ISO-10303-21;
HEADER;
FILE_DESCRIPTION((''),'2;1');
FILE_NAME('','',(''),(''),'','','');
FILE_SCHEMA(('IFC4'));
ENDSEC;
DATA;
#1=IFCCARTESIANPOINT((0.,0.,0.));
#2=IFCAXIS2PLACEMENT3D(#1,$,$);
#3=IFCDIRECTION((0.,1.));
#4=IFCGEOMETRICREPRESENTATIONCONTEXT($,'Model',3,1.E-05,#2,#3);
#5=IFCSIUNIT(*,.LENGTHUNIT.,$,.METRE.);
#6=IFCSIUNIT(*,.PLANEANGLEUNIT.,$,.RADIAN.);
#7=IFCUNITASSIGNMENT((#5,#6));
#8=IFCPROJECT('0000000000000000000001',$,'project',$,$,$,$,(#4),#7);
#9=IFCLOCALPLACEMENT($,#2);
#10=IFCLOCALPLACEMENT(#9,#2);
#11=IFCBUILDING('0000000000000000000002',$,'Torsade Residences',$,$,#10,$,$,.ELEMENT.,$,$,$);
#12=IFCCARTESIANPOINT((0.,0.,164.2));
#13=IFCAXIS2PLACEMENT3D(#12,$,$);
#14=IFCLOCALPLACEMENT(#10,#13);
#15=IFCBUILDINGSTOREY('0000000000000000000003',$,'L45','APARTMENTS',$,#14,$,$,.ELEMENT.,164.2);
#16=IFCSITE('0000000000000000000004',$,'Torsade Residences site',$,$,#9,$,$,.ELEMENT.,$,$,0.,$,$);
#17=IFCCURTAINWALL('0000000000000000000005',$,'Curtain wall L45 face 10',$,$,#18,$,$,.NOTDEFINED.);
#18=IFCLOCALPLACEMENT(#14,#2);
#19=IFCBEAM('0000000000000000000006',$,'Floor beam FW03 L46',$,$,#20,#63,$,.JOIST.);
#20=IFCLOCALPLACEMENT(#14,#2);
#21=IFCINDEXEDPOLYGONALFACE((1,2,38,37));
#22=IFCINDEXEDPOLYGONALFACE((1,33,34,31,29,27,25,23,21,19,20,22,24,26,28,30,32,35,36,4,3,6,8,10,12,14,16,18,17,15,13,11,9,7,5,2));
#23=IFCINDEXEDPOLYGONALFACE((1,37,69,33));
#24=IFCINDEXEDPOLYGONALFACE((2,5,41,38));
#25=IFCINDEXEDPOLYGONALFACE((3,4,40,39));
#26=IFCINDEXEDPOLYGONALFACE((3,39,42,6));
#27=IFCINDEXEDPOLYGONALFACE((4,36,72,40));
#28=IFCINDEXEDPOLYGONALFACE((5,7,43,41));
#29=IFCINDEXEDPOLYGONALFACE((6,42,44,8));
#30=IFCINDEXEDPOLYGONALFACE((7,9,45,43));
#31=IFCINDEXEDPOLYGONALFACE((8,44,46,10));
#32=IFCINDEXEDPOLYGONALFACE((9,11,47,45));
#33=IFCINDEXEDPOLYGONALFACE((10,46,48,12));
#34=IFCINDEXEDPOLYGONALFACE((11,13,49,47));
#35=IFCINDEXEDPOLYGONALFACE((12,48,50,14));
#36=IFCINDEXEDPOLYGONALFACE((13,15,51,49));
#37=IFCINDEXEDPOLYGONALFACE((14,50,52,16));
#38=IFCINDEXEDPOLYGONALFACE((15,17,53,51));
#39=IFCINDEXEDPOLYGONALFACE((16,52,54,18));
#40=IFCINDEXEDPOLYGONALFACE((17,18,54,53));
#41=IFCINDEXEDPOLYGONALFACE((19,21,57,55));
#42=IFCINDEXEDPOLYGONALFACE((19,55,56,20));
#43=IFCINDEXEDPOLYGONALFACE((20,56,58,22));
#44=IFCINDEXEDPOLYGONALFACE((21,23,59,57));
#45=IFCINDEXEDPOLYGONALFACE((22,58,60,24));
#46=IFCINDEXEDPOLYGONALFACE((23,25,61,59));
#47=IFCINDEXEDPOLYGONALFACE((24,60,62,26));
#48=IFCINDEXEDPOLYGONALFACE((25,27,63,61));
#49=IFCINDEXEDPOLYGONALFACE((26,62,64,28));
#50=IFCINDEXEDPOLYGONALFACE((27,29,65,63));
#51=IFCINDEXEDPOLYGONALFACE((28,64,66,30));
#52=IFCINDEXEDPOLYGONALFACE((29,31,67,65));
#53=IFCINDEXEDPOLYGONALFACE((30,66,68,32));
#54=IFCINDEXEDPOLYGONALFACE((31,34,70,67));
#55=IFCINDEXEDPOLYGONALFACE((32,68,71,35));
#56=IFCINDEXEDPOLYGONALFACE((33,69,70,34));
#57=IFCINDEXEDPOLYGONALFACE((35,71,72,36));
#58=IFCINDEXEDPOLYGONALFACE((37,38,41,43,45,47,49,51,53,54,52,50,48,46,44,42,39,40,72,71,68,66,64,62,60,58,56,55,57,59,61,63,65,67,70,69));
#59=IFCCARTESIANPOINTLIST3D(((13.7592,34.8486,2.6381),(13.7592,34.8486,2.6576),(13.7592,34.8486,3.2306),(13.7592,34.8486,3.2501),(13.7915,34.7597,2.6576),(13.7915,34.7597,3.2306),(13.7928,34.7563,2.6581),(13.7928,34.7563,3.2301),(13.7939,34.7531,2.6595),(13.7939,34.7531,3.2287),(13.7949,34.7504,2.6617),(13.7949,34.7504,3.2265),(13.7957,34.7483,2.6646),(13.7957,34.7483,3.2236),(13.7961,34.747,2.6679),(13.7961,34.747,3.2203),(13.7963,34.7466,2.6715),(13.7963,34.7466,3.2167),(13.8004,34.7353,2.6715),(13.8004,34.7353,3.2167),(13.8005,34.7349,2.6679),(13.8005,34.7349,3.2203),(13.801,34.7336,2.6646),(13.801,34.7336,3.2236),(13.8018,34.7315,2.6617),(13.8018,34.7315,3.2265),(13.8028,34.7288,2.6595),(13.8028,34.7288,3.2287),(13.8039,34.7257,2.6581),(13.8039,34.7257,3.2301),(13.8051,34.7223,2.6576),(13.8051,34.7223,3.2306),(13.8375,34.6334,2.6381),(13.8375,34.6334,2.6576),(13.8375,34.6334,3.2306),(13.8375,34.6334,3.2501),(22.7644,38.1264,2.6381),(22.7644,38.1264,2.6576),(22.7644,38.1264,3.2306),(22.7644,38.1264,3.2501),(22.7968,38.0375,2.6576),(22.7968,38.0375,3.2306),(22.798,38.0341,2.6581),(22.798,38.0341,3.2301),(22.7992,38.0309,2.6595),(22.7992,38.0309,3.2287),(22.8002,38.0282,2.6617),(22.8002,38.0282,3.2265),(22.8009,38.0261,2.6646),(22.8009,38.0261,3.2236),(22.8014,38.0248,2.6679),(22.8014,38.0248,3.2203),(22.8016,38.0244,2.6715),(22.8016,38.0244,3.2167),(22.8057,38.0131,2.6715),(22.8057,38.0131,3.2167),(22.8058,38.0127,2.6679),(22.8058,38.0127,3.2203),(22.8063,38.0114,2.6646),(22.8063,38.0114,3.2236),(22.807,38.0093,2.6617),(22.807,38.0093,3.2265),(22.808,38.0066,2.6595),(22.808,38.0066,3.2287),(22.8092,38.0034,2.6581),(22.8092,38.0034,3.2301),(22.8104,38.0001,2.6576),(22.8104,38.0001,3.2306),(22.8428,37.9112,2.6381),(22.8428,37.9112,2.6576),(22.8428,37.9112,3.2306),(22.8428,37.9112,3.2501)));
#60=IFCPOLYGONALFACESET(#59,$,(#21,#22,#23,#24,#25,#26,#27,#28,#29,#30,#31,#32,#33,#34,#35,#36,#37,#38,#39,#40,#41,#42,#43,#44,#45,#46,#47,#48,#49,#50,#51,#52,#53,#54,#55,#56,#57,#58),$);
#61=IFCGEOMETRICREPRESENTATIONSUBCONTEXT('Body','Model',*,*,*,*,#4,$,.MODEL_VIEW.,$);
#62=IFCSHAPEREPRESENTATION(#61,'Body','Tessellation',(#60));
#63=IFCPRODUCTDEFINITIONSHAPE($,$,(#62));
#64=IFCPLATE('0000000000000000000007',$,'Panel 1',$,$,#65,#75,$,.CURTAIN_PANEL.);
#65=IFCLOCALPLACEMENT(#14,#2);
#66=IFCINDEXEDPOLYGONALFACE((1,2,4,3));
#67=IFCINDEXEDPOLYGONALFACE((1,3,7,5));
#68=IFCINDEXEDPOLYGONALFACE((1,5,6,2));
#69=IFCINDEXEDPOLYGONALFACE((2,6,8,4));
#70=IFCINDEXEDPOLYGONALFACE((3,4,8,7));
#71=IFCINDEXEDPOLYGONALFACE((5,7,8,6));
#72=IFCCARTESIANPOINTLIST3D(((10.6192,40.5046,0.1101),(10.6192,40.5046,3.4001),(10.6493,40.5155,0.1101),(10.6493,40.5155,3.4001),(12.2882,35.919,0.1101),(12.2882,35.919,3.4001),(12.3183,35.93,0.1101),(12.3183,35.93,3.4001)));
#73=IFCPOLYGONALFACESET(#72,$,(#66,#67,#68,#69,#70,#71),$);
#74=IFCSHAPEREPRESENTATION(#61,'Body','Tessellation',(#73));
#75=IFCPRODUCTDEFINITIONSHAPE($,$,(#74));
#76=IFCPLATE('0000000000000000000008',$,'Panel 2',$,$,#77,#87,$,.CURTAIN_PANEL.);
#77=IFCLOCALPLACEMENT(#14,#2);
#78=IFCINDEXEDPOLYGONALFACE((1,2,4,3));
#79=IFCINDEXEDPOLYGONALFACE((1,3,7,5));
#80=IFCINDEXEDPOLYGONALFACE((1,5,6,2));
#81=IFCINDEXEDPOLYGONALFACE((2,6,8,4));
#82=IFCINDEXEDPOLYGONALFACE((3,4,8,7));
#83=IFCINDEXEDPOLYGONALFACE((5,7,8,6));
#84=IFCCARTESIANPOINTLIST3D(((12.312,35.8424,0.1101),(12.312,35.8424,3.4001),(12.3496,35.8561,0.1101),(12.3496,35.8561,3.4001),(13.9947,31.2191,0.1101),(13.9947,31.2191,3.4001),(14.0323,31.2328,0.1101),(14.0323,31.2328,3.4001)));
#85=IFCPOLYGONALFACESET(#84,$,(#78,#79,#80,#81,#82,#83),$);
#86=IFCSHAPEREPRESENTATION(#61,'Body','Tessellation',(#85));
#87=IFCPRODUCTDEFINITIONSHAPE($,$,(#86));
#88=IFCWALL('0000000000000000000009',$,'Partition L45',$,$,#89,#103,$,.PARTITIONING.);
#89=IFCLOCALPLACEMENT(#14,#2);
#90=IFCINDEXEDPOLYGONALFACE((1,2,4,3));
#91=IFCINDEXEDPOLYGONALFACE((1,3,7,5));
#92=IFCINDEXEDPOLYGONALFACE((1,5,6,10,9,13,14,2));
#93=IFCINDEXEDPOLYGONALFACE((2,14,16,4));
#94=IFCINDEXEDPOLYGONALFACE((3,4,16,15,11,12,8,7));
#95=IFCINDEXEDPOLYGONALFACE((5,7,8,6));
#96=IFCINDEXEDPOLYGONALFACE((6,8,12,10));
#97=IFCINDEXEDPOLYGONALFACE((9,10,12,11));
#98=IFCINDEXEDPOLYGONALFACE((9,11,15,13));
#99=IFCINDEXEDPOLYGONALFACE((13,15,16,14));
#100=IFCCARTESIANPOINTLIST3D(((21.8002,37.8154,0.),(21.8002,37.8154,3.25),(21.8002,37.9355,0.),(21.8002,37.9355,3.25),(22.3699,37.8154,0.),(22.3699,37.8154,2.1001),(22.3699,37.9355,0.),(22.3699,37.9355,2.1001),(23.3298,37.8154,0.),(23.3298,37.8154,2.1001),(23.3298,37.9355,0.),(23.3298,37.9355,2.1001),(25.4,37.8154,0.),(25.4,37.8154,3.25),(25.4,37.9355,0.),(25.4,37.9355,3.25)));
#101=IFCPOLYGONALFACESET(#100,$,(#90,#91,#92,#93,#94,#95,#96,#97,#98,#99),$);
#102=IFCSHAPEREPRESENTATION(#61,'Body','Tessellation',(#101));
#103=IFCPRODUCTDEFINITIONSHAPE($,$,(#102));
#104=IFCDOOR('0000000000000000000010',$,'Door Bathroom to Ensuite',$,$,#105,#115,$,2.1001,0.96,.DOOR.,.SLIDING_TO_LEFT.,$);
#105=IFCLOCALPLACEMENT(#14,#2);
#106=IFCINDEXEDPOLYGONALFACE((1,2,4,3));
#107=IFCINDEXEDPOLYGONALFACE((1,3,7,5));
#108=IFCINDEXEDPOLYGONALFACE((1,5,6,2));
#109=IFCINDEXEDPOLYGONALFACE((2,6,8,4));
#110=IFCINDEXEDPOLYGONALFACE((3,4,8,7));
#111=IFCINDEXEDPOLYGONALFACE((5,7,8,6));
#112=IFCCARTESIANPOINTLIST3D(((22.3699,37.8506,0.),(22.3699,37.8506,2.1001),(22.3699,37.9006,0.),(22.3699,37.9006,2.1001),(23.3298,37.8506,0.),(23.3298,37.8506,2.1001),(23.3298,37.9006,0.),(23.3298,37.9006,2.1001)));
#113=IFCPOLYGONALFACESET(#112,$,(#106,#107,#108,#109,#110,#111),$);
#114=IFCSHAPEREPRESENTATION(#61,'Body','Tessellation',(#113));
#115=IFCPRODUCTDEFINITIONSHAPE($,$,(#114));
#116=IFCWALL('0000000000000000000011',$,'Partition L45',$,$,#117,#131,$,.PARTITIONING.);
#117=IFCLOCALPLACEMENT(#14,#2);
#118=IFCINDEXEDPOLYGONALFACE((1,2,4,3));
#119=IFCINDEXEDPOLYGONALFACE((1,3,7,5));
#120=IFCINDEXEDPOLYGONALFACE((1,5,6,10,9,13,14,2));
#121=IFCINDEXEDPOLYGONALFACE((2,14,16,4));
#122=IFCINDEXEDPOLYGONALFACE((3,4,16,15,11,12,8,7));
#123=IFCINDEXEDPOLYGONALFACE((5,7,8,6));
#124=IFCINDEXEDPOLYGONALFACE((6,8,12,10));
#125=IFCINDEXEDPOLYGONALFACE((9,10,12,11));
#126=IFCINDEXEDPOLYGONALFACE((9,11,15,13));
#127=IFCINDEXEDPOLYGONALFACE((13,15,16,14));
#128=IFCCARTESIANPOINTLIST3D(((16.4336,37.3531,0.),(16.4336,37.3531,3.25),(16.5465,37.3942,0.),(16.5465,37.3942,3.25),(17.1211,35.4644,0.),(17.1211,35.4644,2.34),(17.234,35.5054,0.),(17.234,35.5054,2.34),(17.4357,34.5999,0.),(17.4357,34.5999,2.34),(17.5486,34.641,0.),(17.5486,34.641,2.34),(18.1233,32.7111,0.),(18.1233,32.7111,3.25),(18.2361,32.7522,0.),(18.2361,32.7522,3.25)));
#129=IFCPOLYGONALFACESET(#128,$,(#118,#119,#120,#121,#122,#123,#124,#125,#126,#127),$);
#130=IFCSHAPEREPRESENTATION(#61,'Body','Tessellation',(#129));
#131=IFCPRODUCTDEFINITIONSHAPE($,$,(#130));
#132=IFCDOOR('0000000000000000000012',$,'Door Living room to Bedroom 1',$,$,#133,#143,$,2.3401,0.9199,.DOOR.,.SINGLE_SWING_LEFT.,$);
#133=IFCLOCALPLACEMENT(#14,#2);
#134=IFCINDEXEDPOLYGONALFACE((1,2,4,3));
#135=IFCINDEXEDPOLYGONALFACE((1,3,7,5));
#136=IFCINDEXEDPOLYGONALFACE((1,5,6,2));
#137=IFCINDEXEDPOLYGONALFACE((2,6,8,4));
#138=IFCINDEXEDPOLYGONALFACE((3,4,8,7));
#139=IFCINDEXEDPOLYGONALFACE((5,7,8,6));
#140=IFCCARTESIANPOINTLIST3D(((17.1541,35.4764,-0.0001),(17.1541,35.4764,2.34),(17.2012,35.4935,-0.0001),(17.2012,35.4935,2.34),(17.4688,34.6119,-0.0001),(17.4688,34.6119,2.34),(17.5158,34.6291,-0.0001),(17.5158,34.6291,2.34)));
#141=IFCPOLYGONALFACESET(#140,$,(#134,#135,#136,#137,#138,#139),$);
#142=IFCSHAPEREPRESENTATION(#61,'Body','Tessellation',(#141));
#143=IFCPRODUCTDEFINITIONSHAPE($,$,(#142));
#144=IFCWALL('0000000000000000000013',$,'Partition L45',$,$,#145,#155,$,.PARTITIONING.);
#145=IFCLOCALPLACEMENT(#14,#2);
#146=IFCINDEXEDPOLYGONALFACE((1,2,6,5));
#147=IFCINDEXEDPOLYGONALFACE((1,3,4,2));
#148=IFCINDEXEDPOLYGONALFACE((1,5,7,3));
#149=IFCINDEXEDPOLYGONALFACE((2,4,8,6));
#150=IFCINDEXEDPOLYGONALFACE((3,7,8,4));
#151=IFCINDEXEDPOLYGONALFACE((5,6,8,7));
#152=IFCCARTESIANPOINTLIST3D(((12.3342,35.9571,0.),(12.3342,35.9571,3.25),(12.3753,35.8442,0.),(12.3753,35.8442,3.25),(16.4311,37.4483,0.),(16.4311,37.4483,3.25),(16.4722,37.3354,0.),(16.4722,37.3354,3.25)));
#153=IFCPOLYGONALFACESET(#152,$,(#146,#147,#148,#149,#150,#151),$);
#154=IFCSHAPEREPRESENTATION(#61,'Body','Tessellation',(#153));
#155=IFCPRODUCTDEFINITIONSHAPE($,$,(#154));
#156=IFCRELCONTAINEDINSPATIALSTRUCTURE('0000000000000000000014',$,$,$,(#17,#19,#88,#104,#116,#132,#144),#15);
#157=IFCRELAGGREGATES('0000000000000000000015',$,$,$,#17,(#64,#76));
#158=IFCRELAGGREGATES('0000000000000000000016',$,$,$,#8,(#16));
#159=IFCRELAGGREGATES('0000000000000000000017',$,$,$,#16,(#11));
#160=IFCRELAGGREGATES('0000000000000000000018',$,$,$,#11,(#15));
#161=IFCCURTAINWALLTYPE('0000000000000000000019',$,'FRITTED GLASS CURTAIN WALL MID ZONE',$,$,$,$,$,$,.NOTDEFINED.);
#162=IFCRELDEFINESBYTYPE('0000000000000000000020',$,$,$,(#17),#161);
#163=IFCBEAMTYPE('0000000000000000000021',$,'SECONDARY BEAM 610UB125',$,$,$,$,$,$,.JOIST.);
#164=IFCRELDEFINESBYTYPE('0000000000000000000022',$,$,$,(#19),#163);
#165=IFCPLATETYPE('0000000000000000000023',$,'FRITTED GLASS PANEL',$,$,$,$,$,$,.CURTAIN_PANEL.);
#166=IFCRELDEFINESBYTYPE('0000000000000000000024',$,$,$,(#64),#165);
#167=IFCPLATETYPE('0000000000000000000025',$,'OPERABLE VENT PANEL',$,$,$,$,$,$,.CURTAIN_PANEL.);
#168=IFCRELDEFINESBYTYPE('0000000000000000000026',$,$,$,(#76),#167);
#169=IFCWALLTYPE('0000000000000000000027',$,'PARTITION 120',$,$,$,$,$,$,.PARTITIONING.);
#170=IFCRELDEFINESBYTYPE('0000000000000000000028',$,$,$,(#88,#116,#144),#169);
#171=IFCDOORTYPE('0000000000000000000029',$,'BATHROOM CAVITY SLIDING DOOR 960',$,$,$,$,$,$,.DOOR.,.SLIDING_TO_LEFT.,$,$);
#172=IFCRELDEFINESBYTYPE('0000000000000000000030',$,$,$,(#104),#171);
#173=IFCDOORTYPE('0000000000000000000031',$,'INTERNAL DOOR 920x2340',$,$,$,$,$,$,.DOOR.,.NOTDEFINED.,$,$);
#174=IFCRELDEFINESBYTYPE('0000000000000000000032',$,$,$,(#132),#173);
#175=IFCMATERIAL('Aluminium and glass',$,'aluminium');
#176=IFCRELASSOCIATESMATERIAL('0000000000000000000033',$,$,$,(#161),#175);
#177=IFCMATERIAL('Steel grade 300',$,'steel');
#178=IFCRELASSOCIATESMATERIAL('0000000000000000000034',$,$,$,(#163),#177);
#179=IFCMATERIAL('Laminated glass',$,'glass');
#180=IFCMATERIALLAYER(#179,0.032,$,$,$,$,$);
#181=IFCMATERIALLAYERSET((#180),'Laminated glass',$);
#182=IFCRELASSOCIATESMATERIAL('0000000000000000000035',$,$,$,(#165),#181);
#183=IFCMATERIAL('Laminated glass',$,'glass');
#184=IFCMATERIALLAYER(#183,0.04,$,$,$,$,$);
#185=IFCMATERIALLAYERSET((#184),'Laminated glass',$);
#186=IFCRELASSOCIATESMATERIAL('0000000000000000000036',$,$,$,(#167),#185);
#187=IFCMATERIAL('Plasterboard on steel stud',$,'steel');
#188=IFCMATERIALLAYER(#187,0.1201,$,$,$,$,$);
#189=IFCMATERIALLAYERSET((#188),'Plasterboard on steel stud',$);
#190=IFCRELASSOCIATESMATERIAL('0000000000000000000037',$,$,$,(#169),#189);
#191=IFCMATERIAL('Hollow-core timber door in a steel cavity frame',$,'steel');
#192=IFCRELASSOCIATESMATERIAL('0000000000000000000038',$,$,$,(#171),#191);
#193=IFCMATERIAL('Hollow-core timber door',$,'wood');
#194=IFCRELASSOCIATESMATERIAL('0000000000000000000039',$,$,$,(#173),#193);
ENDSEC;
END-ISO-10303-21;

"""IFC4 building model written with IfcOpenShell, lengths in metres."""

from ifc_helpers import new_model, si_unit, direction, frame, frame_2d, origin, origin_2d, place, context, subcontext, project, spatial, rectangle, i_section, extrude, material, layer, layer_set, material_profile, profile_set, type_object, element, fill, aggregate, save


model = new_model("IFC4")

# Units and contexts
model_context = context("Model", 3, precision=1e-05, world=origin(), true_north=direction((0.0, 1.0)))
body_context = subcontext(model_context, "Body", "Model", "MODEL_VIEW")
ifc_project = project(units=[si_unit("LENGTHUNIT", "METRE"), si_unit("PLANEANGLEUNIT", "RADIAN")], contexts=[model_context])

# Site, building, storey
site_placement = place(None, origin())
site = spatial("IfcSite", under=ifc_project, at=site_placement, Name="Torsade Residences site", CompositionType="ELEMENT", RefElevation=0.0)
building_placement = place(site_placement, origin())
building = spatial("IfcBuilding", under=site, at=building_placement, Name="Torsade Residences", CompositionType="ELEMENT")
storey_placement = place(building_placement, frame((0.0, 0.0, 164.2)))
storey = spatial("IfcBuildingStorey", under=building, at=storey_placement, Name="L45", Description="APARTMENTS", CompositionType="ELEMENT", Elevation=164.2)

# Curtain wall
ifc_material_1 = material(Name="Aluminium and glass", Category="aluminium")
curtain_wall_type = type_object("IfcCurtainWallType", Name="FRITTED GLASS CURTAIN WALL MID ZONE", PredefinedType="NOTDEFINED", material=ifc_material_1)
curtain_wall_placement = place(storey_placement, origin())
curtain_wall = element("IfcCurtainWall", 1, at=curtain_wall_placement, inside=storey, type_object=curtain_wall_type, Name="Curtain wall L45 face 10", PredefinedType="NOTDEFINED")

# Beam
ifc_material_2 = material(Name="Steel grade 300", Category="steel")
ifc_material_profile_1 = material_profile(ifc_material_2, i_section(OverallWidth=0.229, OverallDepth=0.6121, WebThickness=0.012, FlangeThickness=0.0195, FilletRadius=0.0139, at=origin_2d()), Name="610UB125")
ifc_profile_set_1 = profile_set([ifc_material_profile_1], Name="Steel grade 300")
beam_type_1 = type_object("IfcBeamType", Name="SECONDARY BEAM 610UB125", PredefinedType="JOIST", material=ifc_profile_set_1)
beam_1_placement = place(storey_placement, frame((13.7983, 34.741, 2.9441), z_axis=(0.939688, 0.342034, 0.0), x_axis=(-0.342034, 0.939688, 0.0)))
element("IfcBeam", 2, at=beam_1_placement, inside=storey, type_object=beam_type_1, Name="Floor beam FW03 L46", PredefinedType="JOIST", context=body_context, shape_type="SweptSolid", body=[
    extrude(i_section(OverallWidth=0.229, OverallDepth=0.6121, WebThickness=0.012, FlangeThickness=0.0195, FilletRadius=0.0139, at=origin_2d()), origin(), (0.0, 0.0, 1.0), 9.5833),
])

# Plates
ifc_material_3 = material(Name="Laminated glass", Category="glass")
ifc_layer_1 = layer(ifc_material_3, 0.032)
ifc_layer_set_1 = layer_set([ifc_layer_1], Name="Laminated glass")
plate_type_1 = type_object("IfcPlateType", Name="FRITTED GLASS PANEL", PredefinedType="CURTAIN_PANEL", material=ifc_layer_set_1)
plate_1_placement = place(storey_placement, frame((11.4688, 38.2173, 0.1101), z_axis=(0.0, 0.0, 1.0), x_axis=(0.34202, -0.939693, 0.0)))
plate_1 = element("IfcPlate", 3, at=plate_1_placement, type_object=plate_type_1, Name="Panel 1", PredefinedType="CURTAIN_PANEL", context=body_context, shape_type="SweptSolid", body=[
    extrude(rectangle(XDim=4.8799, YDim=0.032, at=origin_2d()), origin(), (0.0, 0.0, 1.0), 3.29),
])
ifc_material_4 = material(Name="Laminated glass", Category="glass")
ifc_layer_2 = layer(ifc_material_4, 0.04)
ifc_layer_set_2 = layer_set([ifc_layer_2], Name="Laminated glass")
plate_type_2 = type_object("IfcPlateType", Name="OPERABLE VENT PANEL", PredefinedType="CURTAIN_PANEL", material=ifc_layer_set_2)
plate_2_placement = place(storey_placement, frame((13.1721, 33.5376, 0.1101), z_axis=(0.0, 0.0, 1.0), x_axis=(0.34202, -0.939693, 0.0)))
plate_2 = element("IfcPlate", 4, at=plate_2_placement, type_object=plate_type_2, Name="Panel 2", PredefinedType="CURTAIN_PANEL", context=body_context, shape_type="SweptSolid", body=[
    extrude(rectangle(XDim=4.9199, YDim=0.04, at=origin_2d()), origin(), (0.0, 0.0, 1.0), 3.29),
])
aggregate(curtain_wall, [plate_1, plate_2])

# Walls, openings, doors
ifc_material_5 = material(Name="Plasterboard on steel stud", Category="steel")
ifc_layer_3 = layer(ifc_material_5, 0.1201)
ifc_layer_set_3 = layer_set([ifc_layer_3], Name="Plasterboard on steel stud")
wall_type_1 = type_object("IfcWallType", Name="PARTITION 120", PredefinedType="PARTITIONING", material=ifc_layer_set_3)
wall_1_placement = place(storey_placement, frame((25.3999, 37.8755, 0.0), z_axis=(0.0, 0.0, 1.0), x_axis=(-1.0, 0.0, 0.0)))
wall_1 = element("IfcWall", 5, at=wall_1_placement, inside=storey, type_object=wall_type_1, Name="Partition L45", PredefinedType="PARTITIONING", context=body_context, shape_type="SweptSolid", body=[
    extrude(rectangle(XDim=3.5999, YDim=0.1201, at=frame_2d((1.7998, 0.0))), origin(), (0.0, 0.0, 1.0), 3.25),
])
opening_1_placement = place(wall_1_placement, frame((2.0701, 0.0, 0.0)))
opening_1 = element("IfcOpeningElement", 6, at=opening_1_placement, cuts=wall_1, PredefinedType="OPENING", context=body_context, shape_type="SweptSolid", body=[
    extrude(rectangle(XDim=0.96, YDim=2.1001, at=frame_2d((0.48, 1.05))), frame((0.0, 0.0701, 0.0), z_axis=(0.0, -1.0, 0.0), x_axis=(1.0, 0.0, 0.0)), (0.0, 0.0, 1.0), 0.1401),
])
ifc_material_6 = material(Name="Hollow-core timber door in a steel cavity frame", Category="steel")
door_type_1 = type_object("IfcDoorType", Name="BATHROOM CAVITY SLIDING DOOR 960", OperationType="SLIDING_TO_LEFT", PredefinedType="DOOR", material=ifc_material_6)
door_1_placement = place(opening_1_placement, origin())
door_1 = element("IfcDoor", 7, at=door_1_placement, inside=storey, type_object=door_type_1, Name="Door Bathroom to Ensuite", OperationType="SLIDING_TO_LEFT", OverallHeight=2.1001, OverallWidth=0.96, PredefinedType="DOOR", context=body_context, shape_type="SweptSolid", body=[
    extrude(rectangle(XDim=0.96, YDim=2.1001, at=frame_2d((0.48, 1.05))), frame((0.0, 0.0249, 0.0), z_axis=(0.0, -1.0, 0.0), x_axis=(1.0, 0.0, 0.0)), (0.0, 0.0, 1.0), 0.05),
])
fill(opening_1, door_1)
wall_2_placement = place(storey_placement, frame((18.1797, 32.7317, 0.0), z_axis=(0.0, 0.0, 1.0), x_axis=(-0.342041, 0.939685, 0.0)))
wall_2 = element("IfcWall", 8, at=wall_2_placement, inside=storey, type_object=wall_type_1, Name="Partition L45", PredefinedType="PARTITIONING", context=body_context, shape_type="SweptSolid", body=[
    extrude(rectangle(XDim=4.9399, YDim=0.1201, at=frame_2d((2.47, 0.0))), origin(), (0.0, 0.0, 1.0), 3.25),
])
opening_2_placement = place(wall_2_placement, frame((2.01, 0.0, 0.0)))
opening_2 = element("IfcOpeningElement", 9, at=opening_2_placement, cuts=wall_2, PredefinedType="OPENING", context=body_context, shape_type="SweptSolid", body=[
    extrude(rectangle(XDim=0.9199, YDim=2.3401, at=frame_2d((0.46, 1.1699))), frame((0.0, 0.0701, 0.0), z_axis=(0.0, -1.0, 0.0), x_axis=(1.0, 0.0, 0.0)), (0.0, 0.0, 1.0), 0.1401),
])
ifc_material_7 = material(Name="Hollow-core timber door", Category="wood")
door_type_2 = type_object("IfcDoorType", Name="INTERNAL DOOR 920x2340", OperationType="NOTDEFINED", PredefinedType="DOOR", material=ifc_material_7)
door_2_placement = place(opening_2_placement, origin())
door_2 = element("IfcDoor", 10, at=door_2_placement, inside=storey, type_object=door_type_2, Name="Door Living room to Bedroom 1", OperationType="SINGLE_SWING_LEFT", OverallHeight=2.3401, OverallWidth=0.9199, PredefinedType="DOOR", context=body_context, shape_type="SweptSolid", body=[
    extrude(rectangle(XDim=0.9199, YDim=2.3401, at=frame_2d((0.46, 1.1699))), frame((0.0, 0.0249, 0.0), z_axis=(0.0, -1.0, 0.0), x_axis=(1.0, 0.0, 0.0)), (0.0, 0.0, 1.0), 0.05),
])
fill(opening_2, door_2)

# Wall
wall_3_placement = place(storey_placement, frame((16.4517, 37.3918, 0.0), z_axis=(0.0, 0.0, 1.0), x_axis=(-0.939689, -0.342031, 0.0)))
element("IfcWall", 11, at=wall_3_placement, inside=storey, type_object=wall_type_1, Name="Partition L45", PredefinedType="PARTITIONING", context=body_context, shape_type="SweptSolid", body=[
    extrude(rectangle(XDim=4.3599, YDim=0.1201, at=frame_2d((2.1799, 0.0))), origin(), (0.0, 0.0, 1.0), 3.25),
])

save(model, "model.ifc")
